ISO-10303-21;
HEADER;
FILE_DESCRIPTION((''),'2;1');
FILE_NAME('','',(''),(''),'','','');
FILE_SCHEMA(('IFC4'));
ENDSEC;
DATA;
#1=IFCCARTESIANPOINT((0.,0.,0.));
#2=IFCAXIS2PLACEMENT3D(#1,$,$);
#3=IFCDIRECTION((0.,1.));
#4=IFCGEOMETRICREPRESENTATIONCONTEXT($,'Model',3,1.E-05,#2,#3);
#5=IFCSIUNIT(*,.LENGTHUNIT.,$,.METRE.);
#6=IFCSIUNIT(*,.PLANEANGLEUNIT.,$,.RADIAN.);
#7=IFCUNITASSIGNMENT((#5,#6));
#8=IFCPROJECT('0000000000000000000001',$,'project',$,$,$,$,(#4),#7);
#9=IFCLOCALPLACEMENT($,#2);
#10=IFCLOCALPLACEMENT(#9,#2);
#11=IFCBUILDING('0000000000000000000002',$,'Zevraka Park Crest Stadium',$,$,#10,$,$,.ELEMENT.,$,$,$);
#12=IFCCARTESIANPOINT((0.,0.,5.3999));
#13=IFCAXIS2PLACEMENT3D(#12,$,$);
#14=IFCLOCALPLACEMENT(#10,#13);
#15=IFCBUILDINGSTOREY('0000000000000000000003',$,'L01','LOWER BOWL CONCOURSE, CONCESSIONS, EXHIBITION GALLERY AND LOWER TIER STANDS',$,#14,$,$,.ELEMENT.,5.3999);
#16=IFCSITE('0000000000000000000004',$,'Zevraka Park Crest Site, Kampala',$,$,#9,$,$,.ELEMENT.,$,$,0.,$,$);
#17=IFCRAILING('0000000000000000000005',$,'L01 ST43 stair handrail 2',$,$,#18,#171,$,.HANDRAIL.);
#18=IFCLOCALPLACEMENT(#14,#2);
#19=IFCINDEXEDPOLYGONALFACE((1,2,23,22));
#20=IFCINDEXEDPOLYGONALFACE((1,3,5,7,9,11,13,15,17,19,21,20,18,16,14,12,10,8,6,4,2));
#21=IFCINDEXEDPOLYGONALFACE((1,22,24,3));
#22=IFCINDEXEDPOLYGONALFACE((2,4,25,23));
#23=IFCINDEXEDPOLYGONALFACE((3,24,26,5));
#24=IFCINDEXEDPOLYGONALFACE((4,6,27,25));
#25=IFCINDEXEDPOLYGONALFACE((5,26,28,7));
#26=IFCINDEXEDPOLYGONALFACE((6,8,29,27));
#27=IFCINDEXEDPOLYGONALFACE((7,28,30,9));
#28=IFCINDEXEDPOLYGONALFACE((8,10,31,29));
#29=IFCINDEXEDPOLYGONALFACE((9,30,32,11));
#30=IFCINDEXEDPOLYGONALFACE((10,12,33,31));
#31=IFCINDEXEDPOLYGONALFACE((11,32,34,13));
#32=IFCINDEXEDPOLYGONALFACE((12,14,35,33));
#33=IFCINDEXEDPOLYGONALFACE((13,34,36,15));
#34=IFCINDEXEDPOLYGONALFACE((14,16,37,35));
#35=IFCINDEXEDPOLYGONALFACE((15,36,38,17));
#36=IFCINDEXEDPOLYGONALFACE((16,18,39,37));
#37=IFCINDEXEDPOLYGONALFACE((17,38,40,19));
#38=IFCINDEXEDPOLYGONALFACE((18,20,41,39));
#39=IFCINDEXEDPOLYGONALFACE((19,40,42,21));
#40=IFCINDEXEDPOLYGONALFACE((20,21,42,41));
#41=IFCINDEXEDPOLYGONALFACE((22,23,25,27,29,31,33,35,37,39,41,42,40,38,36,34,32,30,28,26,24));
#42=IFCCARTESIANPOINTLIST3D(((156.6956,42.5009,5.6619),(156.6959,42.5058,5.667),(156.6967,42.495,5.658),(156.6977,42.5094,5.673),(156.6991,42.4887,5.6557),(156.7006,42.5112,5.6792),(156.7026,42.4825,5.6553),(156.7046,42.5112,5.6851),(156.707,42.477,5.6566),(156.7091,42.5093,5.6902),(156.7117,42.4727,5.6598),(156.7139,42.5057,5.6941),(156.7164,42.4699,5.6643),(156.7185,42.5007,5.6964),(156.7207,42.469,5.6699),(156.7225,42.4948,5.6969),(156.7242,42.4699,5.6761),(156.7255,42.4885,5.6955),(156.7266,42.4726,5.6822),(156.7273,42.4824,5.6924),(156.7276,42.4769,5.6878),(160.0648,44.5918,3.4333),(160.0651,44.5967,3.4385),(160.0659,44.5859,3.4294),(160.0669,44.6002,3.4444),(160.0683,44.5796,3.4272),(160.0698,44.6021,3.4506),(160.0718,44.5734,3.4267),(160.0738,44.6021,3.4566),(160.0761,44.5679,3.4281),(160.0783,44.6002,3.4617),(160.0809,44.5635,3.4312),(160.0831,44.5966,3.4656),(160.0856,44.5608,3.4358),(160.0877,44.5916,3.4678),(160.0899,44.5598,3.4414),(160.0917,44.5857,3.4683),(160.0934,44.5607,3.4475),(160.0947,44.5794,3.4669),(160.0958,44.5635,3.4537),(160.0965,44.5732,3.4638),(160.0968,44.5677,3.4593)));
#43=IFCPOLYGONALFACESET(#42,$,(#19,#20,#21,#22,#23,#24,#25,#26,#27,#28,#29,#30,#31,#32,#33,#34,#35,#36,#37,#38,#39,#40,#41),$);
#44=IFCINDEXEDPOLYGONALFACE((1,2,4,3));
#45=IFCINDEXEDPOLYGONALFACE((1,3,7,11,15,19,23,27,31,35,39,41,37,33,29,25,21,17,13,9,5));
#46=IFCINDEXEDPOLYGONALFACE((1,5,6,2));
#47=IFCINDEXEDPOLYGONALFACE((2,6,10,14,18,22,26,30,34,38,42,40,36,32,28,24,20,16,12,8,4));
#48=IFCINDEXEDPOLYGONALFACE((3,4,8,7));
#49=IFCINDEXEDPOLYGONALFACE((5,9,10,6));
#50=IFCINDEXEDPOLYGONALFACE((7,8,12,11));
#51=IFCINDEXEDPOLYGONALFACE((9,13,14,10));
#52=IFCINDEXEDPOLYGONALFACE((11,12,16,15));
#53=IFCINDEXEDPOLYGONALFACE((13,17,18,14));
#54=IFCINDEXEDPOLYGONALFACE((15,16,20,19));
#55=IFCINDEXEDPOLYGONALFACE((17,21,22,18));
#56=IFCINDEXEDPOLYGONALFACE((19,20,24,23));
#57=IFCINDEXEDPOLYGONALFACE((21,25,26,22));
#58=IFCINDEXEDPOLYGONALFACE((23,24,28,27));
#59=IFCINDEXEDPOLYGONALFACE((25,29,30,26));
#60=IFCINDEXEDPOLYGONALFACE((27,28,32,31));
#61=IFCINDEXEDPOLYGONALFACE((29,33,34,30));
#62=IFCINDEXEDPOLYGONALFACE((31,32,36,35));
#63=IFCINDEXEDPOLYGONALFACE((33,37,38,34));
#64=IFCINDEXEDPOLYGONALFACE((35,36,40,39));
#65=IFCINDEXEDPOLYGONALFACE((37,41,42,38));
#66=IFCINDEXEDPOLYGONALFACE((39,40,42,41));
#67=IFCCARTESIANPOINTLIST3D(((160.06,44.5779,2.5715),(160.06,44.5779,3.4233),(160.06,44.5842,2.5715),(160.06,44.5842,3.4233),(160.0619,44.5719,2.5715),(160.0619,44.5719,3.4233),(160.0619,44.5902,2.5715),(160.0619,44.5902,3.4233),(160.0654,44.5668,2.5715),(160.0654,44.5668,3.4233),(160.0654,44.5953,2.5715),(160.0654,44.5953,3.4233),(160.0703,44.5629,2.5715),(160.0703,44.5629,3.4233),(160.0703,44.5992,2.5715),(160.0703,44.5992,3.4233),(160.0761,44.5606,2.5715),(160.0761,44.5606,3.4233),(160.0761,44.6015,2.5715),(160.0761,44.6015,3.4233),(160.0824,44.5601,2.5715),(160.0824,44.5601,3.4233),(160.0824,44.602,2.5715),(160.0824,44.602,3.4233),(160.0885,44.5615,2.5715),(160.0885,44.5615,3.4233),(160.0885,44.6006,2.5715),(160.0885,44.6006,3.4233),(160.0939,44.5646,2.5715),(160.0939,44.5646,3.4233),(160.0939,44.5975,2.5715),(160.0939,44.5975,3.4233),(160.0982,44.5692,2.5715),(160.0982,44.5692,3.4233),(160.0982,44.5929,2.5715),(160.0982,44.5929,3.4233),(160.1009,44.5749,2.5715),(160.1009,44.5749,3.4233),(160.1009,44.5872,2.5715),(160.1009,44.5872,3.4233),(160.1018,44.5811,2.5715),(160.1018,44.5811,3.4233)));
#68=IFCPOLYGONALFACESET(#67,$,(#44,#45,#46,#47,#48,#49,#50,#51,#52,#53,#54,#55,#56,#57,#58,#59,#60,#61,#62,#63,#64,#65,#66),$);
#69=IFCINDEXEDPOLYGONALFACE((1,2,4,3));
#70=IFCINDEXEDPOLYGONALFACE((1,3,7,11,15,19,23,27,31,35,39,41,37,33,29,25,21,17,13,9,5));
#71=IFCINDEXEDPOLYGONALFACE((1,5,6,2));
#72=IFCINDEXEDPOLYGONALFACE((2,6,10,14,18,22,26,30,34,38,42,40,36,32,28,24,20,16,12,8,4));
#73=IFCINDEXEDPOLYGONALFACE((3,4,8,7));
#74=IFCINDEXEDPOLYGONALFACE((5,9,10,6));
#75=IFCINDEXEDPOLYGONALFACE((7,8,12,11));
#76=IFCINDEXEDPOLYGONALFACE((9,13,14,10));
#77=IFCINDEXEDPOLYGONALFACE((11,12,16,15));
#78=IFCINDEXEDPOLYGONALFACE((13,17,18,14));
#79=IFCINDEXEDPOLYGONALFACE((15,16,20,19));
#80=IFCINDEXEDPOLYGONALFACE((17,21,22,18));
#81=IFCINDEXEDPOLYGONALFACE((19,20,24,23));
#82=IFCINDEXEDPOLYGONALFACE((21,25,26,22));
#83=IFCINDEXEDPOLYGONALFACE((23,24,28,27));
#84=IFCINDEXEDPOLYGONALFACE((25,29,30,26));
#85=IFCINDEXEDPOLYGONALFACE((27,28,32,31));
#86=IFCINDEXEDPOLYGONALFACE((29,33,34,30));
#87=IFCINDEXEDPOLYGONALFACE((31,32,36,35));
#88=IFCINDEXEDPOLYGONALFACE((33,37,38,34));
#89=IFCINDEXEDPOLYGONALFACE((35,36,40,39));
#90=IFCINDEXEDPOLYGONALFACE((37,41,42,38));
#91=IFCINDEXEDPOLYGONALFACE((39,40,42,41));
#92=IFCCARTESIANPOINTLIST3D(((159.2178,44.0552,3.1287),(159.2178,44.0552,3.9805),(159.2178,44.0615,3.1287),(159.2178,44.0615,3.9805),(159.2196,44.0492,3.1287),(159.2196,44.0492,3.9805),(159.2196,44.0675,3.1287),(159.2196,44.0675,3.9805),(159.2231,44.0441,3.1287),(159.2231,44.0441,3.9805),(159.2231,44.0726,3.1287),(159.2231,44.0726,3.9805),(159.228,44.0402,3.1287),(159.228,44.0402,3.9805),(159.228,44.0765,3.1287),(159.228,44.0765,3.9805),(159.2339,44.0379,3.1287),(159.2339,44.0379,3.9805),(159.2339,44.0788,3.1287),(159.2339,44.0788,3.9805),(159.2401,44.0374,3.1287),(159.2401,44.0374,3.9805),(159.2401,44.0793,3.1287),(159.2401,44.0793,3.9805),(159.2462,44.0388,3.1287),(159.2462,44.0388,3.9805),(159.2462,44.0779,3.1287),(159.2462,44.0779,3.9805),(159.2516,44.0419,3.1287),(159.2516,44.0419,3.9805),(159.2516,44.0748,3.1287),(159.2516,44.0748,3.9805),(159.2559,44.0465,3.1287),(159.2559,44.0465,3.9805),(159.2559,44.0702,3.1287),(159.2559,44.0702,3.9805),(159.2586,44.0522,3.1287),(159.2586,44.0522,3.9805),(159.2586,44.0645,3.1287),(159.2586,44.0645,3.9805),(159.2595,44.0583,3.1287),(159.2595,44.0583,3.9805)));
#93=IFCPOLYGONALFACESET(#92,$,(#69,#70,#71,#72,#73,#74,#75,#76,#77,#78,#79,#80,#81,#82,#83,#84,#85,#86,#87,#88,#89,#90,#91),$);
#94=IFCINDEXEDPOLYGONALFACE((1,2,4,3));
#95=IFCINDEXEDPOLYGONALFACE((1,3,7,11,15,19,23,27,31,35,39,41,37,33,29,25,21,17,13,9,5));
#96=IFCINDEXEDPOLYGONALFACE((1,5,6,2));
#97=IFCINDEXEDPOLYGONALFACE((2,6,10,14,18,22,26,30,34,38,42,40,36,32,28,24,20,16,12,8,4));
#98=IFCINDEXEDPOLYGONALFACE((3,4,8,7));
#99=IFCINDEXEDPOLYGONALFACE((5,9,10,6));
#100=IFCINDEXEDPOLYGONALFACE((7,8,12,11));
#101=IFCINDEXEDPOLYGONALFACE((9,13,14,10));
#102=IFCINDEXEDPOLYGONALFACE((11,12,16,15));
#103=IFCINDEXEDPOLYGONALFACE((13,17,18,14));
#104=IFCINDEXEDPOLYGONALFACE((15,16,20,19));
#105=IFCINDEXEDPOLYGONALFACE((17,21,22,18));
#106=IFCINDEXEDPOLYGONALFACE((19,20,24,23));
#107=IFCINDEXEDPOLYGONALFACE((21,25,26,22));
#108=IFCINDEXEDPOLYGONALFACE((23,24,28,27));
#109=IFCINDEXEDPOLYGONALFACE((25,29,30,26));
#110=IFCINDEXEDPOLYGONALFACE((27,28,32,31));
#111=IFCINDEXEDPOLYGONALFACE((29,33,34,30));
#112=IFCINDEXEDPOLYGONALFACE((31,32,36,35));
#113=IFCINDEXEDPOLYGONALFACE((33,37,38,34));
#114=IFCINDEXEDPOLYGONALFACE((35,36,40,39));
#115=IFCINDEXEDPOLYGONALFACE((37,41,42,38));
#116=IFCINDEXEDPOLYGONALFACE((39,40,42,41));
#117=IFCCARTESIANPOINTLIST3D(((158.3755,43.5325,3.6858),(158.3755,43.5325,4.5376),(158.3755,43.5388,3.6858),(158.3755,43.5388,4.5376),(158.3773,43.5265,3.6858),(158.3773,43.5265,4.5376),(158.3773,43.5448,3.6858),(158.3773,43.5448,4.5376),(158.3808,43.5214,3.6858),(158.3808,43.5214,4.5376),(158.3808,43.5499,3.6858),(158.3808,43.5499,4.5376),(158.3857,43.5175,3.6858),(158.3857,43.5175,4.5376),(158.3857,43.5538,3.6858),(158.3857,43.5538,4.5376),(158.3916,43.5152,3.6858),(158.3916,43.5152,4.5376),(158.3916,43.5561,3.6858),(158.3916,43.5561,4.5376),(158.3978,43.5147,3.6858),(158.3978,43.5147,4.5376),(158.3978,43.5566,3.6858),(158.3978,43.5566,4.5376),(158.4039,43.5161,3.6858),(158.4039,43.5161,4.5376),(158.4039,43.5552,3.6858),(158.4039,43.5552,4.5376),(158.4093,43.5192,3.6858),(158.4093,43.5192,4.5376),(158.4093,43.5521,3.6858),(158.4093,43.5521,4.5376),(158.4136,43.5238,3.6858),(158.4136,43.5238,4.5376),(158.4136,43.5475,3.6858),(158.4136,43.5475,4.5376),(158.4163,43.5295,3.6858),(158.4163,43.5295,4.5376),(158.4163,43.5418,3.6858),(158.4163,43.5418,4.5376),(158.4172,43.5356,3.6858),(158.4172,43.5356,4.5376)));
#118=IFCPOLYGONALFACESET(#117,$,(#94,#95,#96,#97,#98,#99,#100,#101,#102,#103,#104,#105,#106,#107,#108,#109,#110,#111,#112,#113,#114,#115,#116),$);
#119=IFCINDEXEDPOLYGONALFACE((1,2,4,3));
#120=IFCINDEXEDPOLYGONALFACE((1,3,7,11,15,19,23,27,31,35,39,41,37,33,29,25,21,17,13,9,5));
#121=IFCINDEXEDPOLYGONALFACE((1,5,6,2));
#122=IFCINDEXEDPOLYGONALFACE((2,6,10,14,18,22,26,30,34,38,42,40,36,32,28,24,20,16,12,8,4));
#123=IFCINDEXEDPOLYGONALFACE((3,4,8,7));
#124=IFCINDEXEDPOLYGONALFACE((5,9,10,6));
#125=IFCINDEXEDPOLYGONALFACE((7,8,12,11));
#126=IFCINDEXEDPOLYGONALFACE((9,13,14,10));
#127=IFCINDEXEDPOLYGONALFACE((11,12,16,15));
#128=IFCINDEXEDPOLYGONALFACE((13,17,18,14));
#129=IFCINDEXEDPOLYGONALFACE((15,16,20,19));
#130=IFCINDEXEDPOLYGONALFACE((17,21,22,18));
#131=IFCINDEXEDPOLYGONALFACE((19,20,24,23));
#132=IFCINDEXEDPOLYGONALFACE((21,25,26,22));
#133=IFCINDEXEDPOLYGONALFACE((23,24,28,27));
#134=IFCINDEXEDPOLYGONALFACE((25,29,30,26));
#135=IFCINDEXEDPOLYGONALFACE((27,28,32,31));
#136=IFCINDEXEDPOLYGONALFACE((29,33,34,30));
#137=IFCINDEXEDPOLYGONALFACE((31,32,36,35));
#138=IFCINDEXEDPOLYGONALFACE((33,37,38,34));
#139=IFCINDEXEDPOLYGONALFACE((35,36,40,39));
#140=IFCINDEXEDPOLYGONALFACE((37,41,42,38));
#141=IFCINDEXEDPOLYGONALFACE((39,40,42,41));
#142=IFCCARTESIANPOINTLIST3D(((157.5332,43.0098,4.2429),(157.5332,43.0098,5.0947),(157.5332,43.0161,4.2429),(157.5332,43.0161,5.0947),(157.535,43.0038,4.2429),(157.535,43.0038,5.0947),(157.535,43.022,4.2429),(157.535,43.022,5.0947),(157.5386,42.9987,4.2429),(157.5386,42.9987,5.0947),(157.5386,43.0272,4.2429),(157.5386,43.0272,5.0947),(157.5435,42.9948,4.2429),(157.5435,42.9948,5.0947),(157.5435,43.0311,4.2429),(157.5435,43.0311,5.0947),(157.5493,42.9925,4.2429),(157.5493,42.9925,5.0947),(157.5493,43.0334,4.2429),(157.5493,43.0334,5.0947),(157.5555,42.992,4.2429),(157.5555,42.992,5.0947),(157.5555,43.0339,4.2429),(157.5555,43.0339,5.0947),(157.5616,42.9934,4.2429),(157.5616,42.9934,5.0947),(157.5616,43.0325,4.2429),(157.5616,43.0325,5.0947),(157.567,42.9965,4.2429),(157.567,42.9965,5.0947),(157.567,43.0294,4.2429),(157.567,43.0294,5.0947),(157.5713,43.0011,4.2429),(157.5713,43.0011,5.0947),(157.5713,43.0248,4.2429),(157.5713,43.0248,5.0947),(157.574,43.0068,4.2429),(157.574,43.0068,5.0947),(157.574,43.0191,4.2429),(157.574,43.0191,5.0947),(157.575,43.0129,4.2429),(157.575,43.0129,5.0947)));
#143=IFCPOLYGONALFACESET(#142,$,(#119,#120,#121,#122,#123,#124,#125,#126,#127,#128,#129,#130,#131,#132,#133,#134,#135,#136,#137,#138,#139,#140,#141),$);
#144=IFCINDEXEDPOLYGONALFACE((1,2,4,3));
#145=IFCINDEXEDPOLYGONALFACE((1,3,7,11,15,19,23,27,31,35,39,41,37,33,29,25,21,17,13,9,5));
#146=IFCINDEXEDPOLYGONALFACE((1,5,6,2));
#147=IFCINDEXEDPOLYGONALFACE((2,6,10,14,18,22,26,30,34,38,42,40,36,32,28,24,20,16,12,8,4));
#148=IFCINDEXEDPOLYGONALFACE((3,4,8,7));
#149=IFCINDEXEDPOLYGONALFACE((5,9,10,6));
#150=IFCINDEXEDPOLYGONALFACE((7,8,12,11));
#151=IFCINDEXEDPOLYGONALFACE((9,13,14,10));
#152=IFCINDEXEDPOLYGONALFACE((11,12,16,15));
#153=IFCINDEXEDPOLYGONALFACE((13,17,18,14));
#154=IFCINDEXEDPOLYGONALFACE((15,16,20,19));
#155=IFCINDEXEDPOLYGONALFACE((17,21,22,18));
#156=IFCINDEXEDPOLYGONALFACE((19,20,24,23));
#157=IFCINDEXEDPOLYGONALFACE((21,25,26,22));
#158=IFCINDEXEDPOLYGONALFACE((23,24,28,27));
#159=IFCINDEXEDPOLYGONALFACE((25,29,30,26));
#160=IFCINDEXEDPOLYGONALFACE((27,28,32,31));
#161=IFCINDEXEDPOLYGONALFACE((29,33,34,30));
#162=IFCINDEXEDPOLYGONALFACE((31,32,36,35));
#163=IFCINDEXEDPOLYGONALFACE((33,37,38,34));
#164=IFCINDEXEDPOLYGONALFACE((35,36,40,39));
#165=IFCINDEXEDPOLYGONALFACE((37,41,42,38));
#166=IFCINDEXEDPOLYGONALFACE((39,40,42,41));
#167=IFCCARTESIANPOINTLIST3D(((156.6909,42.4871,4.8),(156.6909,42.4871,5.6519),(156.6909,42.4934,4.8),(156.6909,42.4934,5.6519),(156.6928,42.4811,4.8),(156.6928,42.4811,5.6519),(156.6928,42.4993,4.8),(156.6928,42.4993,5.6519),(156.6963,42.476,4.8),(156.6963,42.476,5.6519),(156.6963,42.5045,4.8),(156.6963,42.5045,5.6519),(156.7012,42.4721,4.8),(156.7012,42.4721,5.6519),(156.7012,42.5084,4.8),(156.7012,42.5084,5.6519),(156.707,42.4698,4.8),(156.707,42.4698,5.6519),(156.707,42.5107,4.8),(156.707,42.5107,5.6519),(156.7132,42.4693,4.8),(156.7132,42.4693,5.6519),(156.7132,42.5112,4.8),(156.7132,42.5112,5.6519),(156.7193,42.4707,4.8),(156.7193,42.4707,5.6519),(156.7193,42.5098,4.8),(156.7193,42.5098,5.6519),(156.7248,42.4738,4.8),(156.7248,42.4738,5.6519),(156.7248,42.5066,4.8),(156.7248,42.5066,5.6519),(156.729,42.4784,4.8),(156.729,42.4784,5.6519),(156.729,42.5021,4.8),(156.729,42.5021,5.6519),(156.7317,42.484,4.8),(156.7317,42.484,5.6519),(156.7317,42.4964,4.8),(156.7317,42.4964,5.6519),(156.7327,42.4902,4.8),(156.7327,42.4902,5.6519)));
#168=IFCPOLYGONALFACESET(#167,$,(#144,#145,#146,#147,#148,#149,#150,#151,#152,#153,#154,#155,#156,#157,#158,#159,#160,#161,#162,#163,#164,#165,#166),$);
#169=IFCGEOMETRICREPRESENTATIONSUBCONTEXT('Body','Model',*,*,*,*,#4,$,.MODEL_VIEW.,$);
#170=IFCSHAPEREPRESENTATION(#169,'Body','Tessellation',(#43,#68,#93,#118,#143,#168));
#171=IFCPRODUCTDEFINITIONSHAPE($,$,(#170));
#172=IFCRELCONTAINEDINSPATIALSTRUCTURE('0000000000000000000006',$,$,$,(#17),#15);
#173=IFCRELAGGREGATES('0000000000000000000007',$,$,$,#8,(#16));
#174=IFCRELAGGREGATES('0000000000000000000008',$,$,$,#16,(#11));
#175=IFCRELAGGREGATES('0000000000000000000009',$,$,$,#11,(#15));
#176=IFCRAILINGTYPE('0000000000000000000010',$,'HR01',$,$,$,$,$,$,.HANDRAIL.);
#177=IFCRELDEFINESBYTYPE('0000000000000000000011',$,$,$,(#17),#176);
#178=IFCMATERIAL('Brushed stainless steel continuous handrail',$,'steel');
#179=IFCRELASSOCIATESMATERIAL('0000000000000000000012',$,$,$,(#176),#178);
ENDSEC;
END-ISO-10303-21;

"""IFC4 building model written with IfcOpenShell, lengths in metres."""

from ifc_helpers import new_model, si_unit, direction, frame, origin, origin_2d, place, context, subcontext, project, spatial, circle, extrude, material, type_object, element, save


model = new_model("IFC4")

# Units and contexts
model_context = context("Model", 3, precision=1e-05, world=origin(), true_north=direction((0.0, 1.0)))
body_context = subcontext(model_context, "Body", "Model", "MODEL_VIEW")
ifc_project = project(units=[si_unit("LENGTHUNIT", "METRE"), si_unit("PLANEANGLEUNIT", "RADIAN")], contexts=[model_context])

# Site, building, storey
site_placement = place(None, origin())
site = spatial("IfcSite", under=ifc_project, at=site_placement, Name="Zevraka Park Crest Site, Kampala", CompositionType="ELEMENT", RefElevation=0.0)
building_placement = place(site_placement, origin())
building = spatial("IfcBuilding", under=site, at=building_placement, Name="Zevraka Park Crest Stadium", CompositionType="ELEMENT")
storey_placement = place(building_placement, frame((0.0, 0.0, 5.3999)))
storey = spatial("IfcBuildingStorey", under=building, at=storey_placement, Name="L01", Description="LOWER BOWL CONCOURSE, CONCESSIONS, EXHIBITION GALLERY AND LOWER TIER STANDS", CompositionType="ELEMENT", Elevation=5.3999)

# Railing
ifc_material_1 = material(Name="Brushed stainless steel continuous handrail", Category="steel")
railing_type_1 = type_object("IfcRailingType", Name="HR01", PredefinedType="HANDRAIL", material=ifc_material_1)
railing_1_placement = place(storey_placement, frame((160.0808, 44.5811, 2.5715)))
element("IfcRailing", 1, at=railing_1_placement, inside=storey, type_object=railing_type_1, Name="L01 ST43 stair handrail 2", PredefinedType="HANDRAIL", context=body_context, shape_type="SweptSolid", body=[
    extrude(circle(Radius=0.0239, at=origin_2d()), frame((0.0, 0.0, 0.876), z_axis=(-0.740713, -0.459672, 0.489944), x_axis=(0.527295, -0.849682, 0.0)), (0.0, 0.0, 1.0), 4.5486),
    extrude(circle(Radius=0.021, at=origin_2d()), origin(), (0.0, 0.0, 1.0), 0.8518),
    extrude(circle(Radius=0.021, at=origin_2d()), frame((-0.8423, -0.5227, 0.5571)), (0.0, 0.0, 1.0), 0.8518),
    extrude(circle(Radius=0.021, at=origin_2d()), frame((-1.6846, -1.0454, 1.1143)), (0.0, 0.0, 1.0), 0.8518),
    extrude(circle(Radius=0.021, at=origin_2d()), frame((-2.5269, -1.5681, 1.6714)), (0.0, 0.0, 1.0), 0.8518),
    extrude(circle(Radius=0.021, at=origin_2d()), frame((-3.3691, -2.0908, 2.2285)), (0.0, 0.0, 1.0), 0.8518),
])

save(model, "model.ifc")
